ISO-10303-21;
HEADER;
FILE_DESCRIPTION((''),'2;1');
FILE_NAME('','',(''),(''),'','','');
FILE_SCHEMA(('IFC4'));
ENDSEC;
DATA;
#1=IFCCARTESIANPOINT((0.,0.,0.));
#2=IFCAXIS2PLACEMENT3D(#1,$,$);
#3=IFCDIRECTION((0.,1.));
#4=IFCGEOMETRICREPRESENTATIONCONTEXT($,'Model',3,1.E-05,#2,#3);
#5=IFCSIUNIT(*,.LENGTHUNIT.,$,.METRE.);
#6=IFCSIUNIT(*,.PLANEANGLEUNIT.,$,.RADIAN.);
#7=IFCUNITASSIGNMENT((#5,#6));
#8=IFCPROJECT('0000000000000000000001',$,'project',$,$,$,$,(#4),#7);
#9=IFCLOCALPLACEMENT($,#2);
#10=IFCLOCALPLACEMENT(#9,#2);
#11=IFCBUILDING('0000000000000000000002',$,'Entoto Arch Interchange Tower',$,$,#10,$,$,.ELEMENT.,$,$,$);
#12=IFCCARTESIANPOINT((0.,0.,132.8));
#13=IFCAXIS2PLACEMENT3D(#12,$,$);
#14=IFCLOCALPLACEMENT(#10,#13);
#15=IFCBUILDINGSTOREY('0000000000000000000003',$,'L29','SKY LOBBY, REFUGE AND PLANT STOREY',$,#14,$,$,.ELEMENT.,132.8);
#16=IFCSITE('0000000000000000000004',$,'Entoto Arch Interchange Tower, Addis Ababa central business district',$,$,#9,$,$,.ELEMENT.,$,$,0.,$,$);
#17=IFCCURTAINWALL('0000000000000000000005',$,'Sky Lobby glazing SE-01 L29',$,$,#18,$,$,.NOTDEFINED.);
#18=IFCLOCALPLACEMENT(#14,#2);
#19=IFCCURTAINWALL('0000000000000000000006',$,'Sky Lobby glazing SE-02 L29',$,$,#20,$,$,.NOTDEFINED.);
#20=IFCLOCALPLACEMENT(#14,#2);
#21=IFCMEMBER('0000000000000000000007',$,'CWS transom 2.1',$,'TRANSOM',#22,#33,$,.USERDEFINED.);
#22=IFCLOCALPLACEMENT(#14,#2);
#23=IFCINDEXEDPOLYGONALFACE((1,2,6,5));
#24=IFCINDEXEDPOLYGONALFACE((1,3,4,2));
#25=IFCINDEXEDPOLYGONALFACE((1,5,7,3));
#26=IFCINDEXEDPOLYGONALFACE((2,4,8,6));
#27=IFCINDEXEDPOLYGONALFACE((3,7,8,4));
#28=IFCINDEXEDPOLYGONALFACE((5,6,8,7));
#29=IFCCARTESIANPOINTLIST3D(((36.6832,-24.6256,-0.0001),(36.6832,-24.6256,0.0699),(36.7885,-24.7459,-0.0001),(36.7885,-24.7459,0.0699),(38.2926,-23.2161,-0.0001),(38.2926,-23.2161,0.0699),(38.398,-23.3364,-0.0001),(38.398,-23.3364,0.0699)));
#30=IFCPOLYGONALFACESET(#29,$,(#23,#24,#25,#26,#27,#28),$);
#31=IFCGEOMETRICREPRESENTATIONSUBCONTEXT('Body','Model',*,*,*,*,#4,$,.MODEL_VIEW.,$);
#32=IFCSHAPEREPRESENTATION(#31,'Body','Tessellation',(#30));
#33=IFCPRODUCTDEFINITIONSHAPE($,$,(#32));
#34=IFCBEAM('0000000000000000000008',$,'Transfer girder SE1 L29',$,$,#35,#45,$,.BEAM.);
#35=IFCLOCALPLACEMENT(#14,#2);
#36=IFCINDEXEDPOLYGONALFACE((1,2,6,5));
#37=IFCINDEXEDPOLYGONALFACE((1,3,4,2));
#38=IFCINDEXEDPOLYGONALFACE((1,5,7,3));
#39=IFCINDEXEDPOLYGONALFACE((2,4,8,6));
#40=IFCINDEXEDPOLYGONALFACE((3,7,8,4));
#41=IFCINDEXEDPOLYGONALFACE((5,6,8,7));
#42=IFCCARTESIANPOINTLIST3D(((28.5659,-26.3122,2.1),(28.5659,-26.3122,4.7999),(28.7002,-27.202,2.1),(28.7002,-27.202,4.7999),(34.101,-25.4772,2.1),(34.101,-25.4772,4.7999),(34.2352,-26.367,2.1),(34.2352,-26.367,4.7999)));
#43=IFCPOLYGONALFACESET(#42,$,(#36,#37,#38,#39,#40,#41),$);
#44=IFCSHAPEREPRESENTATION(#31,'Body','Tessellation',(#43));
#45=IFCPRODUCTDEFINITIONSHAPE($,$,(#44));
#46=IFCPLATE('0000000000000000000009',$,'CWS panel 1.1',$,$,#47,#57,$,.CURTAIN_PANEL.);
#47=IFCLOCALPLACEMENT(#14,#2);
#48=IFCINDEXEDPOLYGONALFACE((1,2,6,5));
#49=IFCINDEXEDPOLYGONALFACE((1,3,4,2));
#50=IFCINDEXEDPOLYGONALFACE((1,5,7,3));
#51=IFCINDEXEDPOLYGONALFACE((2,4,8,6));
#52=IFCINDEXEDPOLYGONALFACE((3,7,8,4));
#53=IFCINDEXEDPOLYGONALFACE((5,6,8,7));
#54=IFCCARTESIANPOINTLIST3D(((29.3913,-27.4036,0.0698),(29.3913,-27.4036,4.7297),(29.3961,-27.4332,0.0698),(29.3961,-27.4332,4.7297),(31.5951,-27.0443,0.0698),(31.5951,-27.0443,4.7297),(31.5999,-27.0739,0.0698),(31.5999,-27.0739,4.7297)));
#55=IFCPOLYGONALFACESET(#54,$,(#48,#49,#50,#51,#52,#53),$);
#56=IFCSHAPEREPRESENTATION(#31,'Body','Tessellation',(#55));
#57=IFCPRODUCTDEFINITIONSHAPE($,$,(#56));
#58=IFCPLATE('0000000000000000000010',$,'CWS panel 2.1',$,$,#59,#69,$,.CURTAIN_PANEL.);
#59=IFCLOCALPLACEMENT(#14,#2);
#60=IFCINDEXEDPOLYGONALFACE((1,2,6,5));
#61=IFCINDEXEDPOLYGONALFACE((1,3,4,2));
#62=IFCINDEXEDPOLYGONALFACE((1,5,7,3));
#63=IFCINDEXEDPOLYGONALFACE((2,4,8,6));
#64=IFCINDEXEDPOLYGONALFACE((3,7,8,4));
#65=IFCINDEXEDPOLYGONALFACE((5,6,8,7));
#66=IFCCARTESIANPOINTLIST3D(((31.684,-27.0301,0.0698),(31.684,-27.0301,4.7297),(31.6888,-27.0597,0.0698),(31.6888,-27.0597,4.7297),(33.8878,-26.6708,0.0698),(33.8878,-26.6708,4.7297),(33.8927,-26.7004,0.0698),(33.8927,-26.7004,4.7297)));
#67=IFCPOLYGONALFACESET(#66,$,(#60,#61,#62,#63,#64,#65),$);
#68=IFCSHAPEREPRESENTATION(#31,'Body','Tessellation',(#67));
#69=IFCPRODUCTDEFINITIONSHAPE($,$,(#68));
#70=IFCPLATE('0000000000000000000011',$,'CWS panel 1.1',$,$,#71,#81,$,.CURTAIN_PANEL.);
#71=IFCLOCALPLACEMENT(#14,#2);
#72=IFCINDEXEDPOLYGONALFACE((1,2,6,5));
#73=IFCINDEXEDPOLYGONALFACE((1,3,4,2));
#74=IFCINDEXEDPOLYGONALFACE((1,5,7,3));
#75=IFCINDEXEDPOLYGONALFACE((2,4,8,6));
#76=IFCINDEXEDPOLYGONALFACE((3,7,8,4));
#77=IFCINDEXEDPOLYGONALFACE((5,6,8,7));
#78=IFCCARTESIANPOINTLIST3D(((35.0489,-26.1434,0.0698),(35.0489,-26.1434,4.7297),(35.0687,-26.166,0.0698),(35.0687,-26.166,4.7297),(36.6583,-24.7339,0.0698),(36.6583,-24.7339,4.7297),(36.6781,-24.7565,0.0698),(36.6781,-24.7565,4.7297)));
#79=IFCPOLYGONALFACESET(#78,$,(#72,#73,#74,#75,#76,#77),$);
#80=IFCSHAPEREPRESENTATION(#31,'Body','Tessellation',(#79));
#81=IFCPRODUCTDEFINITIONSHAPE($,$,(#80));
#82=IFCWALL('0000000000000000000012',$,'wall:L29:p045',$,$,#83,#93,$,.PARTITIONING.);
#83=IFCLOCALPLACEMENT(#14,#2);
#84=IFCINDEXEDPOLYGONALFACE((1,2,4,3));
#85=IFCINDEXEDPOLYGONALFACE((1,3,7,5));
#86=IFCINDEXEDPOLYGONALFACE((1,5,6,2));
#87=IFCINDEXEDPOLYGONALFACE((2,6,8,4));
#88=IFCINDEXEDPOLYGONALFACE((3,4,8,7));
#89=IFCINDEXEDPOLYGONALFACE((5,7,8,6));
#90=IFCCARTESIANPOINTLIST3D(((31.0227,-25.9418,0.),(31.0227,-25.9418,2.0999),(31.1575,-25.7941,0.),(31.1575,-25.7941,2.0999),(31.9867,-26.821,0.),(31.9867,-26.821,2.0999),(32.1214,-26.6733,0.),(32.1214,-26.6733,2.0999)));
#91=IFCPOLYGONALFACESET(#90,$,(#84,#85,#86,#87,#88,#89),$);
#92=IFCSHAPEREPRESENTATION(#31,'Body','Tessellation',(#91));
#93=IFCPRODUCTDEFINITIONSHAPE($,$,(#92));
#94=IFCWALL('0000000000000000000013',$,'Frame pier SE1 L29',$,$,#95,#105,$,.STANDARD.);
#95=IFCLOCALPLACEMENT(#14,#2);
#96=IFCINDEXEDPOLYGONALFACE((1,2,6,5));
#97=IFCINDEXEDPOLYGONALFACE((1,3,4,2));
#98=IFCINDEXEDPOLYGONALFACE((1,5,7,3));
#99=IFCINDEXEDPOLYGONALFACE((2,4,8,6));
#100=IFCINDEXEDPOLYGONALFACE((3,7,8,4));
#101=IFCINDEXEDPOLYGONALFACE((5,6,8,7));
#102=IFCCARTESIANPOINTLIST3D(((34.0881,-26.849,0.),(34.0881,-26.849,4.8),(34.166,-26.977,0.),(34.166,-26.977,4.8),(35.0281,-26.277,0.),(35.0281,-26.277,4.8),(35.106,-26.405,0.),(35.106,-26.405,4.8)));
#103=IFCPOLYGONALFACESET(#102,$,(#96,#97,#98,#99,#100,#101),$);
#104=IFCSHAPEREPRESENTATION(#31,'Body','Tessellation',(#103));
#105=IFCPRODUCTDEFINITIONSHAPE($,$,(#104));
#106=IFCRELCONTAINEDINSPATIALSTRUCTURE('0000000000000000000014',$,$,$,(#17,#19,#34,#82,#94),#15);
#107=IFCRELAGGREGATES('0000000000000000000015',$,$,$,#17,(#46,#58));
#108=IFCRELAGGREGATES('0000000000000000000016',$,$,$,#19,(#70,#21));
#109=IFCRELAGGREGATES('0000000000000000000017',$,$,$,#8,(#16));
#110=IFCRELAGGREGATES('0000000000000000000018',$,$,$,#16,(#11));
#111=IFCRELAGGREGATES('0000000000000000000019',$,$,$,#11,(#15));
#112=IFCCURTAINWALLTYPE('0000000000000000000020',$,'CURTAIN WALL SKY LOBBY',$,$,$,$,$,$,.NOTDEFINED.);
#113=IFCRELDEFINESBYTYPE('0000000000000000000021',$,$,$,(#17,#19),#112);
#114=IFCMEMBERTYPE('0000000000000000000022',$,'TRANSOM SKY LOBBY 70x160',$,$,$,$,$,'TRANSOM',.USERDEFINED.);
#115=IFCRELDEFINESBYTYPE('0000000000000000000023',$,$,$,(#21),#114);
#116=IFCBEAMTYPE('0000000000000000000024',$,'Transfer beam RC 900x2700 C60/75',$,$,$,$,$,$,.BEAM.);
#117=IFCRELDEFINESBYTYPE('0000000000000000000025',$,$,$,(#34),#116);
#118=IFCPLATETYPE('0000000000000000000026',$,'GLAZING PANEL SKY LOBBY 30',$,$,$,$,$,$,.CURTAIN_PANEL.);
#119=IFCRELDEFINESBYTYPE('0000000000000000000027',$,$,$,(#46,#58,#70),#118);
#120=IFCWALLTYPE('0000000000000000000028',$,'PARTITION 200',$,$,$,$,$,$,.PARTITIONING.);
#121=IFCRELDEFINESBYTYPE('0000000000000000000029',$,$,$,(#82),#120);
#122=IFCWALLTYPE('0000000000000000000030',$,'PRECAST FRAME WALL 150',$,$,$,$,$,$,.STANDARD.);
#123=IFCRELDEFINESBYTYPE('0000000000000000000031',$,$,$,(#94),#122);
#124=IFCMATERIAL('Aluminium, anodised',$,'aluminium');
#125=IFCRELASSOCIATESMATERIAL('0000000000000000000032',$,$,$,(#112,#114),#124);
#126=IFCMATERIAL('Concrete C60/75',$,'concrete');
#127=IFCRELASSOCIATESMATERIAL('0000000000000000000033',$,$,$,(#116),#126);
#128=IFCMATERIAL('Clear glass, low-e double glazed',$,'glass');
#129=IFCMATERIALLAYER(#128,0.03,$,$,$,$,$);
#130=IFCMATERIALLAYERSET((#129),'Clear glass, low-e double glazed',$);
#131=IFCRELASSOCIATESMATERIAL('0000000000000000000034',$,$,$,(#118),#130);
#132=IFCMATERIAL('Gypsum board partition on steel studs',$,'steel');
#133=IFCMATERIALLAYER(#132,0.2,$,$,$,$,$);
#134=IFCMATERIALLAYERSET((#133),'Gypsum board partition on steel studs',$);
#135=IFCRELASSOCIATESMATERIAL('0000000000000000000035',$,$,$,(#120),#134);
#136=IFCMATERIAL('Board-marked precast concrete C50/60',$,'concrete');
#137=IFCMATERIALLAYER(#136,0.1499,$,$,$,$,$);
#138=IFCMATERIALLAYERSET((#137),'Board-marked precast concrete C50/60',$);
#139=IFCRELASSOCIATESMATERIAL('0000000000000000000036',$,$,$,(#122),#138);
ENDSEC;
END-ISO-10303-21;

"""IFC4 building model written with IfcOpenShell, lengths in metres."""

from ifc_helpers import new_model, si_unit, direction, frame, frame_2d, origin, origin_2d, place, context, subcontext, project, spatial, rectangle, extrude, material, layer, layer_set, material_profile, profile_set, type_object, element, aggregate, save


model = new_model("IFC4")

# Units and contexts
model_context = context("Model", 3, precision=1e-05, world=origin(), true_north=direction((0.0, 1.0)))
body_context = subcontext(model_context, "Body", "Model", "MODEL_VIEW")
ifc_project = project(units=[si_unit("LENGTHUNIT", "METRE"), si_unit("PLANEANGLEUNIT", "RADIAN")], contexts=[model_context])

# Site, building, storey
site_placement = place(None, origin())
site = spatial("IfcSite", under=ifc_project, at=site_placement, Name="Entoto Arch Interchange Tower, Addis Ababa central business district", CompositionType="ELEMENT", RefElevation=0.0)
building_placement = place(site_placement, origin())
building = spatial("IfcBuilding", under=site, at=building_placement, Name="Entoto Arch Interchange Tower", CompositionType="ELEMENT")
storey_placement = place(building_placement, frame((0.0, 0.0, 132.8)))
storey = spatial("IfcBuildingStorey", under=building, at=storey_placement, Name="L29", Description="SKY LOBBY, REFUGE AND PLANT STOREY", CompositionType="ELEMENT", Elevation=132.8)

# Shared definitions
ifc_material_1 = material(Name="Concrete C60/75", Category="concrete")

# Curtain walls
ifc_material_2 = material(Name="Aluminium, anodised", Category="aluminium")
curtain_wall_type = type_object("IfcCurtainWallType", Name="CURTAIN WALL SKY LOBBY", PredefinedType="NOTDEFINED", material=ifc_material_2)
curtain_wall_1_placement = place(storey_placement, origin())
curtain_wall_1 = element("IfcCurtainWall", 1, at=curtain_wall_1_placement, inside=storey, type_object=curtain_wall_type, Name="Sky Lobby glazing SE-01 L29", PredefinedType="NOTDEFINED")
curtain_wall_2_placement = place(storey_placement, origin())
curtain_wall_2 = element("IfcCurtainWall", 2, at=curtain_wall_2_placement, inside=storey, type_object=curtain_wall_type, Name="Sky Lobby glazing SE-02 L29", PredefinedType="NOTDEFINED")

# Member
ifc_material_profile_1 = material_profile(ifc_material_2, rectangle(XDim=0.1599, YDim=0.0701, at=origin_2d()))
ifc_profile_set_1 = profile_set([ifc_material_profile_1], Name="Aluminium, anodised")
member_type_1 = type_object("IfcMemberType", Name="TRANSOM SKY LOBBY 70x160", ElementType="TRANSOM", PredefinedType="USERDEFINED", material=ifc_profile_set_1)
member_1_placement = place(storey_placement, frame((36.7358, -24.6858, 0.0349), z_axis=(0.752294, 0.658828, 0.0), x_axis=(-0.658828, 0.752294, 0.0)))
member_1 = element("IfcMember", 3, at=member_1_placement, type_object=member_type_1, Name="CWS transom 2.1", ObjectType="TRANSOM", PredefinedType="USERDEFINED", context=body_context, shape_type="SweptSolid", body=[
    extrude(rectangle(XDim=0.1599, YDim=0.0701, at=origin_2d()), origin(), (0.0, 0.0, 1.0), 2.1394),
])

# Beam
ifc_material_profile_2 = material_profile(ifc_material_1, rectangle(XDim=0.8999, YDim=2.7, at=origin_2d()))
ifc_profile_set_2 = profile_set([ifc_material_profile_2], Name="Concrete C60/75")
beam_type = type_object("IfcBeamType", Name="Transfer beam RC 900x2700 C60/75", PredefinedType="BEAM", material=ifc_profile_set_2)
beam_placement = place(storey_placement, frame((28.6331, -26.7571, 3.45), z_axis=(0.988812, 0.149166, 0.0), x_axis=(-0.149166, 0.988812, 0.0)))
element("IfcBeam", 4, at=beam_placement, inside=storey, type_object=beam_type, Name="Transfer girder SE1 L29", PredefinedType="BEAM", context=body_context, shape_type="SweptSolid", body=[
    extrude(rectangle(XDim=0.8999, YDim=2.7, at=origin_2d()), origin(), (0.0, 0.0, 1.0), 5.5977),
])

# Plates
ifc_material_3 = material(Name="Clear glass, low-e double glazed", Category="glass")
ifc_layer_1 = layer(ifc_material_3, 0.03)
ifc_layer_set_1 = layer_set([ifc_layer_1], Name="Clear glass, low-e double glazed")
plate_type = type_object("IfcPlateType", Name="GLAZING PANEL SKY LOBBY 30", PredefinedType="CURTAIN_PANEL", material=ifc_layer_set_1)
plate_1_placement = place(storey_placement, frame((30.4956, -27.2388, 0.0698), z_axis=(0.0, 0.0, 1.0), x_axis=(0.98697, 0.160905, 0.0)))
plate_1 = element("IfcPlate", 5, at=plate_1_placement, type_object=plate_type, Name="CWS panel 1.1", PredefinedType="CURTAIN_PANEL", context=body_context, shape_type="SweptSolid", body=[
    extrude(rectangle(XDim=2.2329, YDim=0.03, at=origin_2d()), origin(), (0.0, 0.0, 1.0), 4.6599),
])
plate_2_placement = place(storey_placement, frame((32.7883, -26.8652, 0.0698), z_axis=(0.0, 0.0, 1.0), x_axis=(0.98697, 0.160905, 0.0)))
plate_2 = element("IfcPlate", 6, at=plate_2_placement, type_object=plate_type, Name="CWS panel 2.1", PredefinedType="CURTAIN_PANEL", context=body_context, shape_type="SweptSolid", body=[
    extrude(rectangle(XDim=2.2329, YDim=0.03, at=origin_2d()), origin(), (0.0, 0.0, 1.0), 4.6599),
])
aggregate(curtain_wall_1, [plate_1, plate_2])
plate_3_placement = place(storey_placement, frame((35.8635, -25.45, 0.0698), z_axis=(0.0, 0.0, 1.0), x_axis=(0.752277, 0.658847, 0.0)))
plate_3 = element("IfcPlate", 7, at=plate_3_placement, type_object=plate_type, Name="CWS panel 1.1", PredefinedType="CURTAIN_PANEL", context=body_context, shape_type="SweptSolid", body=[
    extrude(rectangle(XDim=2.1394, YDim=0.03, at=origin_2d()), origin(), (0.0, 0.0, 1.0), 4.6599),
])
aggregate(curtain_wall_2, [plate_3, member_1])

# Walls
ifc_material_4 = material(Name="Gypsum board partition on steel studs", Category="steel")
ifc_layer_2 = layer(ifc_material_4, 0.2)
ifc_layer_set_2 = layer_set([ifc_layer_2], Name="Gypsum board partition on steel studs")
wall_type_1 = type_object("IfcWallType", Name="PARTITION 200", PredefinedType="PARTITIONING", material=ifc_layer_set_2)
wall_1_placement = place(storey_placement, frame((31.0901, -25.8679, 0.0), z_axis=(0.0, 0.0, 1.0), x_axis=(0.73883, -0.673892, 0.0)))
element("IfcWall", 8, at=wall_1_placement, inside=storey, type_object=wall_type_1, Name="wall:L29:p045", PredefinedType="PARTITIONING", context=body_context, shape_type="SweptSolid", body=[
    extrude(rectangle(XDim=1.3047, YDim=0.2, at=frame_2d((0.6523, 0.0))), origin(), (0.0, 0.0, 1.0), 2.0999),
])
ifc_material_5 = material(Name="Board-marked precast concrete C50/60", Category="concrete")
ifc_layer_3 = layer(ifc_material_5, 0.1499)
ifc_layer_set_3 = layer_set([ifc_layer_3], Name="Board-marked precast concrete C50/60")
wall_type_2 = type_object("IfcWallType", Name="PRECAST FRAME WALL 150", PredefinedType="STANDARD", material=ifc_layer_set_3)
wall_2_placement = place(storey_placement, frame((34.127, -26.9131, 0.0), z_axis=(0.0, 0.0, 1.0), x_axis=(0.854246, 0.51987, 0.0)))
element("IfcWall", 9, at=wall_2_placement, inside=storey, type_object=wall_type_2, Name="Frame pier SE1 L29", PredefinedType="STANDARD", context=body_context, shape_type="SweptSolid", body=[
    extrude(rectangle(XDim=1.1003, YDim=0.1499, at=frame_2d((0.5503, 0.0))), origin(), (0.0, 0.0, 1.0), 4.8),
])

save(model, "model.ifc")
